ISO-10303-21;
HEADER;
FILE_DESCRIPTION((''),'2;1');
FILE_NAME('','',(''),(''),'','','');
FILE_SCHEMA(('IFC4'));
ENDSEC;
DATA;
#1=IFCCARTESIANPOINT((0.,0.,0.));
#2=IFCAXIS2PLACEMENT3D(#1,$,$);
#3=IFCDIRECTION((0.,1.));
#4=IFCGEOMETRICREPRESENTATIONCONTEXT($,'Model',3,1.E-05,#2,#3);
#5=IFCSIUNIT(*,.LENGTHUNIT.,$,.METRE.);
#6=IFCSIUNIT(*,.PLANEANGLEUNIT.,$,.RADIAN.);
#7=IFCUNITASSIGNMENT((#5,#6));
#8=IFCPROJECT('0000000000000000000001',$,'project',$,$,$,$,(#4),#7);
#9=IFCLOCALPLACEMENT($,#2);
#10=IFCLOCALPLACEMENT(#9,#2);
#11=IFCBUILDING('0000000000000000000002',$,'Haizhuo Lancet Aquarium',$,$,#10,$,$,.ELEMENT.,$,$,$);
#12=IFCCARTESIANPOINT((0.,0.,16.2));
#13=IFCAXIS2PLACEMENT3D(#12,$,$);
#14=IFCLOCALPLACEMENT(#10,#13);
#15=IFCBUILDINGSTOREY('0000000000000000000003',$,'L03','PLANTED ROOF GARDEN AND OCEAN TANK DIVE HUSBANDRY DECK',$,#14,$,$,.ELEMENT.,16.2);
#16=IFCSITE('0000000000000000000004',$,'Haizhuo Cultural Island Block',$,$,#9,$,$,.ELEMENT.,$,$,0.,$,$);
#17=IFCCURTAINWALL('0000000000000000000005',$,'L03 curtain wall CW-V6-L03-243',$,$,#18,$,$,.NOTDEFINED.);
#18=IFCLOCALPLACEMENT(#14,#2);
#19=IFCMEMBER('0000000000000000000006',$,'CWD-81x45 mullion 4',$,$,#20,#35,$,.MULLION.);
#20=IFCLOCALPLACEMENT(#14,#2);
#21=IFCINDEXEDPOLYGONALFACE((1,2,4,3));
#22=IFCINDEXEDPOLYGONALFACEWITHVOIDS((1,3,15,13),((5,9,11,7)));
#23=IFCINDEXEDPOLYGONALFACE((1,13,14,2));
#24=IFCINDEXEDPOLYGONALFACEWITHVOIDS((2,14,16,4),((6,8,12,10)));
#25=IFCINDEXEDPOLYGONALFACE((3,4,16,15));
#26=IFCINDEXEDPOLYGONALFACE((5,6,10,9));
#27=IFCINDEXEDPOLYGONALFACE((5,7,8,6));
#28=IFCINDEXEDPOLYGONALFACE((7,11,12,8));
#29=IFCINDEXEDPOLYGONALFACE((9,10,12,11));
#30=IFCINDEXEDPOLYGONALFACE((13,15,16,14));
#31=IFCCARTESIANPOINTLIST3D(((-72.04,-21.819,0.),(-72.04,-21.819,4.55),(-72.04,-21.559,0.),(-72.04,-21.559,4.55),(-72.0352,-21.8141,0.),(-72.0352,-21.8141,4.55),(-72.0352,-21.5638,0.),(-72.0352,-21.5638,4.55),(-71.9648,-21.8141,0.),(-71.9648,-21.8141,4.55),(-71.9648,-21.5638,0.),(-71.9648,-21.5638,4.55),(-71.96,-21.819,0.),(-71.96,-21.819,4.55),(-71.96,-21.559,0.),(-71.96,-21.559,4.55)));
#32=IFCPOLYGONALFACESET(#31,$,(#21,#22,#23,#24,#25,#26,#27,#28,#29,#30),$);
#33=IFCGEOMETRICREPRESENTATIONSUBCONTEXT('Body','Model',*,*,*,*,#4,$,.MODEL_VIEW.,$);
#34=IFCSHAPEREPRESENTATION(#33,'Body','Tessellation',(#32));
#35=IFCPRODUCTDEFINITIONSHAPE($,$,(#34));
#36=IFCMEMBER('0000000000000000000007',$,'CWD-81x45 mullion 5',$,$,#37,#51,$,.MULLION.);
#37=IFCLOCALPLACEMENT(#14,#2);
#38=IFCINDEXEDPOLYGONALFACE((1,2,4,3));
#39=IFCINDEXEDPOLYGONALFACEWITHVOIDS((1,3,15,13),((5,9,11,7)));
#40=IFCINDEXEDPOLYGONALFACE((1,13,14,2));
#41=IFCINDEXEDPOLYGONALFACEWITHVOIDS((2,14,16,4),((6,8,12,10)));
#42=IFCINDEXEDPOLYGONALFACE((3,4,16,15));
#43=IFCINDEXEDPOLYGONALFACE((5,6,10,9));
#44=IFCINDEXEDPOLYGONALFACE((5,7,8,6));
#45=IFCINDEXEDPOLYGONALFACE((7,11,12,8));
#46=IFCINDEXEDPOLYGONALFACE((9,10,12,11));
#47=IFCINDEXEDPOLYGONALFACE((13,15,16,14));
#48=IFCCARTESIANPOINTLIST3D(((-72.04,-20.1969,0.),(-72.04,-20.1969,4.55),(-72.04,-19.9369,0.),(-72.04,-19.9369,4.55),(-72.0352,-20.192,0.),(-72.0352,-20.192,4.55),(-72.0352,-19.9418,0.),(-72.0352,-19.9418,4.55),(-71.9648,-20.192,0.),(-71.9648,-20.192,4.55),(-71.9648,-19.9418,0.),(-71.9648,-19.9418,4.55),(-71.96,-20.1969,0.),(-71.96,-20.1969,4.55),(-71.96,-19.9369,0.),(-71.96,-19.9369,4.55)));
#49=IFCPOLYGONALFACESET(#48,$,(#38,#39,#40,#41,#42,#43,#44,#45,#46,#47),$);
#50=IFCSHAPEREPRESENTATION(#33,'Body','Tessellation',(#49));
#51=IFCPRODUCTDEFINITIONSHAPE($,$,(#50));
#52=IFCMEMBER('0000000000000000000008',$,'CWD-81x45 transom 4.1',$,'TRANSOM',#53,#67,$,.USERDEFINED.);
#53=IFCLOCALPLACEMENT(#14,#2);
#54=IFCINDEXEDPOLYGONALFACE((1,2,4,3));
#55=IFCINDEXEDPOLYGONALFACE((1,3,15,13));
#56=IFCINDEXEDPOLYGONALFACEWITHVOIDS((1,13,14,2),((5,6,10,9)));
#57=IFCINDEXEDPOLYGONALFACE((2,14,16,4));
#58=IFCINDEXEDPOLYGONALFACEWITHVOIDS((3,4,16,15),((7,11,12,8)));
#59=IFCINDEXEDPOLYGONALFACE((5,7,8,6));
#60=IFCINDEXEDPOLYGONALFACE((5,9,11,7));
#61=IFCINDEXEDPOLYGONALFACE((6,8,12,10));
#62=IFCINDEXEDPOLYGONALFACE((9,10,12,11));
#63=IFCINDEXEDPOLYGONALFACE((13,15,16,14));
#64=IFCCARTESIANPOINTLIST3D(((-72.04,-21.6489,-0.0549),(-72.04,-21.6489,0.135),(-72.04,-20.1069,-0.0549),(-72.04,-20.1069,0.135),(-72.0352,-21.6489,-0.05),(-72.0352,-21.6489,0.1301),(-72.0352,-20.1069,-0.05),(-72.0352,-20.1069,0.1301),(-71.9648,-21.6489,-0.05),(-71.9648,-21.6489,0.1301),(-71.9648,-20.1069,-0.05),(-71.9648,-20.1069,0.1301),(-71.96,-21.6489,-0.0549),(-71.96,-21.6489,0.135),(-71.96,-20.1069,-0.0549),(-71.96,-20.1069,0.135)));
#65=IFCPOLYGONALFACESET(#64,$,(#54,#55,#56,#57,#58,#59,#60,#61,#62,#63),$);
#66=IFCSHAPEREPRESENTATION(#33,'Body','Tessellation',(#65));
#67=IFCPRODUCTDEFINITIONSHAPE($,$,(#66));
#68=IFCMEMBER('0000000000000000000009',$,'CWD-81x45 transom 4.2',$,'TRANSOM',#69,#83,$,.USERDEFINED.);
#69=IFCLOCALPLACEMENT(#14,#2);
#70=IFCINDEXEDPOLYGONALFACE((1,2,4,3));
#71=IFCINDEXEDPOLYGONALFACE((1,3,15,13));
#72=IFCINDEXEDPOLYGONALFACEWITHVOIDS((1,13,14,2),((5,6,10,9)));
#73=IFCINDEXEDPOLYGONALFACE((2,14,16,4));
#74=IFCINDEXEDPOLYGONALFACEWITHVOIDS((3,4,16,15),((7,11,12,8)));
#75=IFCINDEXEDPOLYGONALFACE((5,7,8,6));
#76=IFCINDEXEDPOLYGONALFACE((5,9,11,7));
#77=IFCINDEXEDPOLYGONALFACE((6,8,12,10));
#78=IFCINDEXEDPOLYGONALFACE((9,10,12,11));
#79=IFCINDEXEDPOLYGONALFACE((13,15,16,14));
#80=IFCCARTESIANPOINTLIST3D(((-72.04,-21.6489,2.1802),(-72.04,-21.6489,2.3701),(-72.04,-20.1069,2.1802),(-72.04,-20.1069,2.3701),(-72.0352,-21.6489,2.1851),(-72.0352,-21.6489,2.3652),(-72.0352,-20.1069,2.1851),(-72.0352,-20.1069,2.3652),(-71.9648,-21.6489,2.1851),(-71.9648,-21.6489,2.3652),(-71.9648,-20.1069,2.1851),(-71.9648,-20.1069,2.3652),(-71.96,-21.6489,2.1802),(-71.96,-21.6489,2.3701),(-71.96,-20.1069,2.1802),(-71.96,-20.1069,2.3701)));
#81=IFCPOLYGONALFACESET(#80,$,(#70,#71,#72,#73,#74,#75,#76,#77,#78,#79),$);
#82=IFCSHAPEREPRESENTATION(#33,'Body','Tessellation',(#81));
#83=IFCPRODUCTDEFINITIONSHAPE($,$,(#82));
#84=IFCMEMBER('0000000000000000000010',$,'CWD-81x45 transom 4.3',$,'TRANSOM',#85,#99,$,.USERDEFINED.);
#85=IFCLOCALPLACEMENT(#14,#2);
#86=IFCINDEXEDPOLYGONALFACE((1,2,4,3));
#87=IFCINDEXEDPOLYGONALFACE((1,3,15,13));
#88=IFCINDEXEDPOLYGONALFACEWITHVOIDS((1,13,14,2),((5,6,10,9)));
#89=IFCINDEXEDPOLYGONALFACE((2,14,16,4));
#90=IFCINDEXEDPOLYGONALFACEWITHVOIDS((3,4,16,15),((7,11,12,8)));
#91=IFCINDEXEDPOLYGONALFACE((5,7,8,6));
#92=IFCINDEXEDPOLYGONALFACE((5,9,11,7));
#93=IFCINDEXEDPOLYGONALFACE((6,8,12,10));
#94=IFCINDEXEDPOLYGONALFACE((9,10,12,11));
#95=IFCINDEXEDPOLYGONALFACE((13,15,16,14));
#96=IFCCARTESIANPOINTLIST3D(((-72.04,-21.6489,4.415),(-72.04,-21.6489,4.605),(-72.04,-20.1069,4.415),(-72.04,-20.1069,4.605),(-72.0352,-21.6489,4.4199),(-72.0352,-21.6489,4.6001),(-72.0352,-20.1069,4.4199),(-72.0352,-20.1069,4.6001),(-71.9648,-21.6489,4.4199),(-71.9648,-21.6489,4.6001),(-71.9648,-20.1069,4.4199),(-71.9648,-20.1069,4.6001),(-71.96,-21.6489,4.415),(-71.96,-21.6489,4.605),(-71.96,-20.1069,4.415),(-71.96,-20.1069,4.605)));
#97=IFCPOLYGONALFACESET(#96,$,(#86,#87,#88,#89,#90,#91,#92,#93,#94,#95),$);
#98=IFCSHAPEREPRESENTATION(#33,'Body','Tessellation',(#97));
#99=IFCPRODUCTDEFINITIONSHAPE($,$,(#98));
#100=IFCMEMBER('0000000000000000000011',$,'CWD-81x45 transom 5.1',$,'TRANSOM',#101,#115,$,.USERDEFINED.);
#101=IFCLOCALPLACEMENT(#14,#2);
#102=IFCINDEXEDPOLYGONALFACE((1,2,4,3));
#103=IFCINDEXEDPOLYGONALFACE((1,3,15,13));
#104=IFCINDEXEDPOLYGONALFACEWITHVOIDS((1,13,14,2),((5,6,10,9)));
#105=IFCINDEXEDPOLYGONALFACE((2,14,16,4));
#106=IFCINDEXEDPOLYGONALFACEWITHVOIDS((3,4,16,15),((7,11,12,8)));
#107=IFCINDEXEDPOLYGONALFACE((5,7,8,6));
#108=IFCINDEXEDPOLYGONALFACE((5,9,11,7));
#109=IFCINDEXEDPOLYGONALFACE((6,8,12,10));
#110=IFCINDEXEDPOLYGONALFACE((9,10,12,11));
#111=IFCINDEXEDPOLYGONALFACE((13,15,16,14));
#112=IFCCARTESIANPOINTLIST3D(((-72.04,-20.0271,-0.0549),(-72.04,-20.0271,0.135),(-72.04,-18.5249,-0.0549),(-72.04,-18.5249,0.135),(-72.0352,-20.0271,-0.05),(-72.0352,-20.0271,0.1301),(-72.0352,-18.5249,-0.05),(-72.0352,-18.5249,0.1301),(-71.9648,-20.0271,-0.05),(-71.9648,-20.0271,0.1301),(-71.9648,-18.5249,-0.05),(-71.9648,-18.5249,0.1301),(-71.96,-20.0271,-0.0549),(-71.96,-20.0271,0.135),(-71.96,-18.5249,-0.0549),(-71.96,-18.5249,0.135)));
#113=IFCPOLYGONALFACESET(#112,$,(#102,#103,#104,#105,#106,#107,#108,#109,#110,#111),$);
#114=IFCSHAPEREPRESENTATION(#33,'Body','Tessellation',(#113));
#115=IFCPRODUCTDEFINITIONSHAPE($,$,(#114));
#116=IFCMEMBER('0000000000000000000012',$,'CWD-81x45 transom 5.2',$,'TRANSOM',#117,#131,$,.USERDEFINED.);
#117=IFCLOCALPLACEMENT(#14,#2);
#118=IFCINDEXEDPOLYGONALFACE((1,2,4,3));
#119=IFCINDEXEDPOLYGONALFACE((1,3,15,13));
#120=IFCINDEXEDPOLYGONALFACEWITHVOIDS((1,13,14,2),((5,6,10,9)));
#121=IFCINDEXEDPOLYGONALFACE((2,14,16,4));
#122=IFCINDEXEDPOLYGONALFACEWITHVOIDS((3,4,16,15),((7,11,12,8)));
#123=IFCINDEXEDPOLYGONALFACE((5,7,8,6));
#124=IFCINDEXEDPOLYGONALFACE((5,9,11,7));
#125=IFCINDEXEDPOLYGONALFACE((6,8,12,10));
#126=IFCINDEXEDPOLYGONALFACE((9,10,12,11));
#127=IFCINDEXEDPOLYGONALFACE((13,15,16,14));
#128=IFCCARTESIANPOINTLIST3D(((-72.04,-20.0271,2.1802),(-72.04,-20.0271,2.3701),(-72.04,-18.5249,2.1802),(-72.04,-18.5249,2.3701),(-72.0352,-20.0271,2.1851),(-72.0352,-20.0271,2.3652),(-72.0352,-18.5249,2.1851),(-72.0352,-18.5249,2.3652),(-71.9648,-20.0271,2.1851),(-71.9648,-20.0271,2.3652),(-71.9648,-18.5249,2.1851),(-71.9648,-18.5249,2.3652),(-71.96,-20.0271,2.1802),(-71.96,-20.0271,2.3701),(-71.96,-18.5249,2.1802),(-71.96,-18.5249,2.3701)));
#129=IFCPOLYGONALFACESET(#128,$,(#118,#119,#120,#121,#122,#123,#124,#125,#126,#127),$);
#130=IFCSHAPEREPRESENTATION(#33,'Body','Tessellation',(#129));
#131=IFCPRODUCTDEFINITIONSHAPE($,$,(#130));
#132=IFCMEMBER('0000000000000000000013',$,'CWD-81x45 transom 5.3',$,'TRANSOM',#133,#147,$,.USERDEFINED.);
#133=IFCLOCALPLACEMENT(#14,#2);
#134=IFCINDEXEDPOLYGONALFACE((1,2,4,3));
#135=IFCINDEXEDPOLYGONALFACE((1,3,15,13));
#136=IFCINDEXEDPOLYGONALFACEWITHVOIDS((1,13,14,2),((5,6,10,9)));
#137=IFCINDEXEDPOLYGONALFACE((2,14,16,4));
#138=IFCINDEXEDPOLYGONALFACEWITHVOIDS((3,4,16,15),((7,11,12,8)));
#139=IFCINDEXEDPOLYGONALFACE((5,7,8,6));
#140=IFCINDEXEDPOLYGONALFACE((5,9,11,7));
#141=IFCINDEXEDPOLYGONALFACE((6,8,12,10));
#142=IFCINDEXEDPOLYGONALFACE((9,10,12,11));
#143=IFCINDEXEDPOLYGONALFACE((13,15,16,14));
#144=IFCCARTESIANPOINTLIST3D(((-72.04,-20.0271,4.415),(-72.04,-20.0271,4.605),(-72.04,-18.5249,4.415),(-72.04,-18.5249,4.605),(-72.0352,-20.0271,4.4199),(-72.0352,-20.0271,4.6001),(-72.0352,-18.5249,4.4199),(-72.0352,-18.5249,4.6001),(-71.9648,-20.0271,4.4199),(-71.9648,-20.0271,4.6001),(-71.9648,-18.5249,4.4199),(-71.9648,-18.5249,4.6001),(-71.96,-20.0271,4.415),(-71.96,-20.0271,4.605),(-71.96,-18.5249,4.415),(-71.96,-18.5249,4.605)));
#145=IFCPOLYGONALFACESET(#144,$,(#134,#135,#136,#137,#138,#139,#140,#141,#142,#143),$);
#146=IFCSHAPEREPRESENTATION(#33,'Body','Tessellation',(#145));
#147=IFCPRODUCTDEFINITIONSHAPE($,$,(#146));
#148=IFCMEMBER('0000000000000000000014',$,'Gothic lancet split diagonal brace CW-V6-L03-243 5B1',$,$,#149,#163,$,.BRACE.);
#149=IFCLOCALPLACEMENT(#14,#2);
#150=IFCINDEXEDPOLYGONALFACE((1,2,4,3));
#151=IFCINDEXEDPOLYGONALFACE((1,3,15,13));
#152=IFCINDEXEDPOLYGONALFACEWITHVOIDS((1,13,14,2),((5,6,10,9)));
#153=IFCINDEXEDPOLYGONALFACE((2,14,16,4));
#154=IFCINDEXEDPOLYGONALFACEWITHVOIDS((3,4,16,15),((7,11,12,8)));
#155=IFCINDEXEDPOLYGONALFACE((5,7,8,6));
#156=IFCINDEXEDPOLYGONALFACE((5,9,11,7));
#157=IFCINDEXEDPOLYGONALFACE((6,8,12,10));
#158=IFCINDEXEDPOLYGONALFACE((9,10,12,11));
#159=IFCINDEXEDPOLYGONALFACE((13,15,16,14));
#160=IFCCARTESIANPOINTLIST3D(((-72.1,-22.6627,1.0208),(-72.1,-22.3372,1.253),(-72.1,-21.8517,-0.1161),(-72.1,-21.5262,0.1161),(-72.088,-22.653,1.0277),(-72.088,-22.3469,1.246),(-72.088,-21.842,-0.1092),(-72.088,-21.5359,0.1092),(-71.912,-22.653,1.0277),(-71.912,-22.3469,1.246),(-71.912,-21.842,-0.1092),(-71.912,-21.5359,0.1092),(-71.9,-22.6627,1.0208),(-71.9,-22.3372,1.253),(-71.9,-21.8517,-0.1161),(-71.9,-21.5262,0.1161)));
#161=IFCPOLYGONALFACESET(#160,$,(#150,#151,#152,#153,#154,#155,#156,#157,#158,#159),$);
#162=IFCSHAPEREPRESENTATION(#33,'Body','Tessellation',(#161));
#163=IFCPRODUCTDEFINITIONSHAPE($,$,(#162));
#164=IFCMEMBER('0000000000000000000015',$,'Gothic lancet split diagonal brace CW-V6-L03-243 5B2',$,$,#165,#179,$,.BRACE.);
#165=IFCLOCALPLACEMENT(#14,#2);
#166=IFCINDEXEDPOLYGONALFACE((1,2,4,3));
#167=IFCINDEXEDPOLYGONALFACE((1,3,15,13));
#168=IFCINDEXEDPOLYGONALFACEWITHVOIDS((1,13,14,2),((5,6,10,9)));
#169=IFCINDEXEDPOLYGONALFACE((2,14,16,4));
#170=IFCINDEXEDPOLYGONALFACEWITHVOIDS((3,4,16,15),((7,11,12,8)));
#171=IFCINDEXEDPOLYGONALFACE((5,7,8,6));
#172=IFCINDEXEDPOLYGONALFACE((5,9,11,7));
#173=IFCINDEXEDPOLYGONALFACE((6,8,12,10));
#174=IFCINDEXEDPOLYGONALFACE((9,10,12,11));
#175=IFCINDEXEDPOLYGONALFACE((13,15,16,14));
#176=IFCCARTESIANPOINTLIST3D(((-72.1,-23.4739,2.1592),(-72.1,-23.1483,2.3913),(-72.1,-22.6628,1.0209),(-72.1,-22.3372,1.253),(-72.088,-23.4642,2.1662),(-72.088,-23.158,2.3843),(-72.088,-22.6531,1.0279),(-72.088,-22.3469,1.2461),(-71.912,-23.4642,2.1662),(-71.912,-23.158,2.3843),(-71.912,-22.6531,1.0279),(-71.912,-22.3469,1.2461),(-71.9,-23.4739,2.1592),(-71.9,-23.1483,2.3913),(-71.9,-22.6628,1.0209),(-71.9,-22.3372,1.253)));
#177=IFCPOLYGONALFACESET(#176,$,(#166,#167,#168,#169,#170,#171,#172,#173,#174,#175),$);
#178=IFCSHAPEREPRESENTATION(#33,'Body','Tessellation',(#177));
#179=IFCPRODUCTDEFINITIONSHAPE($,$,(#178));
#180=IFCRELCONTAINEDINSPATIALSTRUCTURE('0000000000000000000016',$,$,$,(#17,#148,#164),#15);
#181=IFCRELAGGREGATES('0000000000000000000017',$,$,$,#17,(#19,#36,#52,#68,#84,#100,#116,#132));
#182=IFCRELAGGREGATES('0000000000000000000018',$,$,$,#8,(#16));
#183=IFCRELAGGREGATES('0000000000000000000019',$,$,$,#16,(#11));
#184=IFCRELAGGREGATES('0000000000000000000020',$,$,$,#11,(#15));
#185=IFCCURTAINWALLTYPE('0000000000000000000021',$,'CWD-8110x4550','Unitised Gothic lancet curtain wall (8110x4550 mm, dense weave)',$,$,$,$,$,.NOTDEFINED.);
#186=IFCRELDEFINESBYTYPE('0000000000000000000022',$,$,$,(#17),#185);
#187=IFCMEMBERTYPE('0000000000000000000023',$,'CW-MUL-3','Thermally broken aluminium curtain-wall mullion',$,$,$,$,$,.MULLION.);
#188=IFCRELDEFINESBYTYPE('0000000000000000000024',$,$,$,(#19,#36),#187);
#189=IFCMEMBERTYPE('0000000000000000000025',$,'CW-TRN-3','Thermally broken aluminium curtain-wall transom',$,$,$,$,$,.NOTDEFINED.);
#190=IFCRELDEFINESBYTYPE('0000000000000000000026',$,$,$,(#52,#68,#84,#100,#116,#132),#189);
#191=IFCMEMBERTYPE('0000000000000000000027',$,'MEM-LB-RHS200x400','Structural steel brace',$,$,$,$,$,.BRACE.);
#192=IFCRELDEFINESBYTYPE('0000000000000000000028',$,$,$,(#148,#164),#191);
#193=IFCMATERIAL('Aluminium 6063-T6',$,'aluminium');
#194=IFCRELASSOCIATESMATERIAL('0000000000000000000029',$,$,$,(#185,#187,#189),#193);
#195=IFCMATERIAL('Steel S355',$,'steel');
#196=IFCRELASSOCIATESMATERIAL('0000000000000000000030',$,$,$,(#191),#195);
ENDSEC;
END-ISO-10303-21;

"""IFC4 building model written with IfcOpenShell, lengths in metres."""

from ifc_helpers import new_model, si_unit, direction, frame, origin, origin_2d, place, context, subcontext, project, spatial, hollow_rectangle, extrude, material, material_profile, profile_set, type_object, element, aggregate, save


model = new_model("IFC4")

# Units and contexts
model_context = context("Model", 3, precision=1e-05, world=origin(), true_north=direction((0.0, 1.0)))
body_context = subcontext(model_context, "Body", "Model", "MODEL_VIEW")
ifc_project = project(units=[si_unit("LENGTHUNIT", "METRE"), si_unit("PLANEANGLEUNIT", "RADIAN")], contexts=[model_context])

# Site, building, storey
site_placement = place(None, origin())
site = spatial("IfcSite", under=ifc_project, at=site_placement, Name="Haizhuo Cultural Island Block", CompositionType="ELEMENT", RefElevation=0.0)
building_placement = place(site_placement, origin())
building = spatial("IfcBuilding", under=site, at=building_placement, Name="Haizhuo Lancet Aquarium", CompositionType="ELEMENT")
storey_placement = place(building_placement, frame((0.0, 0.0, 16.2)))
storey = spatial("IfcBuildingStorey", under=building, at=storey_placement, Name="L03", Description="PLANTED ROOF GARDEN AND OCEAN TANK DIVE HUSBANDRY DECK", CompositionType="ELEMENT", Elevation=16.2)

# Curtain wall, members
ifc_material_1 = material(Name="Aluminium 6063-T6", Category="aluminium")
curtain_wall_type = type_object("IfcCurtainWallType", Name="CWD-8110x4550", Description="Unitised Gothic lancet curtain wall (8110x4550 mm, dense weave)", PredefinedType="NOTDEFINED", material=ifc_material_1)
curtain_wall_placement = place(storey_placement, origin())
curtain_wall = element("IfcCurtainWall", 1, at=curtain_wall_placement, inside=storey, type_object=curtain_wall_type, Name="L03 curtain wall CW-V6-L03-243", PredefinedType="NOTDEFINED")
ifc_material_profile_1 = material_profile(ifc_material_1, hollow_rectangle(XDim=0.0801, YDim=0.26, WallThickness=0.0049, at=origin_2d()), Name="ALU-M 80x260x5")
ifc_profile_set_1 = profile_set([ifc_material_profile_1], Name="Aluminium 6063-T6")
member_type_1 = type_object("IfcMemberType", Name="CW-MUL-3", Description="Thermally broken aluminium curtain-wall mullion", PredefinedType="MULLION", material=ifc_profile_set_1)
member_1_placement = place(storey_placement, frame((-72.0, -21.689, 0.0), z_axis=(0.0, 0.0, 1.0), x_axis=(-1.0, 0.0, 0.0)))
member_1 = element("IfcMember", 2, at=member_1_placement, type_object=member_type_1, Name="CWD-81x45 mullion 4", PredefinedType="MULLION", context=body_context, shape_type="SweptSolid", body=[
    extrude(hollow_rectangle(XDim=0.0801, YDim=0.26, WallThickness=0.0049, at=origin_2d()), origin(), (0.0, 0.0, 1.0), 4.55),
])
member_2_placement = place(storey_placement, frame((-72.0, -20.0669, 0.0), z_axis=(0.0, 0.0, 1.0), x_axis=(-1.0, 0.0, 0.0)))
member_2 = element("IfcMember", 3, at=member_2_placement, type_object=member_type_1, Name="CWD-81x45 mullion 5", PredefinedType="MULLION", context=body_context, shape_type="SweptSolid", body=[
    extrude(hollow_rectangle(XDim=0.0801, YDim=0.26, WallThickness=0.0049, at=origin_2d()), origin(), (0.0, 0.0, 1.0), 4.55),
])
ifc_material_profile_2 = material_profile(ifc_material_1, hollow_rectangle(XDim=0.0801, YDim=0.1899, WallThickness=0.0049, at=origin_2d()), Name="ALU-T 80x190x5")
ifc_profile_set_2 = profile_set([ifc_material_profile_2], Name="Aluminium 6063-T6")
member_type_2 = type_object("IfcMemberType", Name="CW-TRN-3", Description="Thermally broken aluminium curtain-wall transom", PredefinedType="NOTDEFINED", material=ifc_profile_set_2)
member_3_placement = place(storey_placement, frame((-72.0, -21.6489, 0.04), z_axis=(0.0, 1.0, 0.0), x_axis=(-1.0, 0.0, 0.0)))
member_3 = element("IfcMember", 4, at=member_3_placement, type_object=member_type_2, Name="CWD-81x45 transom 4.1", ObjectType="TRANSOM", PredefinedType="USERDEFINED", context=body_context, shape_type="SweptSolid", body=[
    extrude(hollow_rectangle(XDim=0.0801, YDim=0.1899, WallThickness=0.0049, at=origin_2d()), origin(), (0.0, 0.0, 1.0), 1.542),
])
member_4_placement = place(storey_placement, frame((-72.0, -21.6489, 2.2751), z_axis=(0.0, 1.0, 0.0), x_axis=(-1.0, 0.0, 0.0)))
member_4 = element("IfcMember", 5, at=member_4_placement, type_object=member_type_2, Name="CWD-81x45 transom 4.2", ObjectType="TRANSOM", PredefinedType="USERDEFINED", context=body_context, shape_type="SweptSolid", body=[
    extrude(hollow_rectangle(XDim=0.0801, YDim=0.1899, WallThickness=0.0049, at=origin_2d()), origin(), (0.0, 0.0, 1.0), 1.542),
])
member_5_placement = place(storey_placement, frame((-72.0, -21.6489, 4.51), z_axis=(0.0, 1.0, 0.0), x_axis=(-1.0, 0.0, 0.0)))
member_5 = element("IfcMember", 6, at=member_5_placement, type_object=member_type_2, Name="CWD-81x45 transom 4.3", ObjectType="TRANSOM", PredefinedType="USERDEFINED", context=body_context, shape_type="SweptSolid", body=[
    extrude(hollow_rectangle(XDim=0.0801, YDim=0.1899, WallThickness=0.0049, at=origin_2d()), origin(), (0.0, 0.0, 1.0), 1.542),
])
member_6_placement = place(storey_placement, frame((-72.0, -20.0271, 0.04), z_axis=(0.0, 1.0, 0.0), x_axis=(-1.0, 0.0, 0.0)))
member_6 = element("IfcMember", 7, at=member_6_placement, type_object=member_type_2, Name="CWD-81x45 transom 5.1", ObjectType="TRANSOM", PredefinedType="USERDEFINED", context=body_context, shape_type="SweptSolid", body=[
    extrude(hollow_rectangle(XDim=0.0801, YDim=0.1899, WallThickness=0.0049, at=origin_2d()), origin(), (0.0, 0.0, 1.0), 1.5022),
])
member_7_placement = place(storey_placement, frame((-72.0, -20.0271, 2.2751), z_axis=(0.0, 1.0, 0.0), x_axis=(-1.0, 0.0, 0.0)))
member_7 = element("IfcMember", 8, at=member_7_placement, type_object=member_type_2, Name="CWD-81x45 transom 5.2", ObjectType="TRANSOM", PredefinedType="USERDEFINED", context=body_context, shape_type="SweptSolid", body=[
    extrude(hollow_rectangle(XDim=0.0801, YDim=0.1899, WallThickness=0.0049, at=origin_2d()), origin(), (0.0, 0.0, 1.0), 1.5022),
])
member_8_placement = place(storey_placement, frame((-72.0, -20.0271, 4.51), z_axis=(0.0, 1.0, 0.0), x_axis=(-1.0, 0.0, 0.0)))
member_8 = element("IfcMember", 9, at=member_8_placement, type_object=member_type_2, Name="CWD-81x45 transom 5.3", ObjectType="TRANSOM", PredefinedType="USERDEFINED", context=body_context, shape_type="SweptSolid", body=[
    extrude(hollow_rectangle(XDim=0.0801, YDim=0.1899, WallThickness=0.0049, at=origin_2d()), origin(), (0.0, 0.0, 1.0), 1.5022),
])

# Members
ifc_material_2 = material(Name="Steel S355", Category="steel")
ifc_material_profile_3 = material_profile(ifc_material_2, hollow_rectangle(XDim=0.2, YDim=0.3999, WallThickness=0.012, at=origin_2d()), Name="RHS 200x400x12")
ifc_profile_set_3 = profile_set([ifc_material_profile_3], Name="Steel S355")
member_type_3 = type_object("IfcMemberType", Name="MEM-LB-RHS200x400", Description="Structural steel brace", PredefinedType="BRACE", material=ifc_profile_set_3)
member_9_placement = place(storey_placement, frame((-72.0, -21.689, 0.0), z_axis=(0.0, -0.580725, 0.814099), x_axis=(1.0, 0.0, 0.0)))
element("IfcMember", 10, at=member_9_placement, inside=storey, type_object=member_type_3, Name="Gothic lancet split diagonal brace CW-V6-L03-243 5B1", PredefinedType="BRACE", context=body_context, shape_type="SweptSolid", body=[
    extrude(hollow_rectangle(XDim=0.2, YDim=0.3999, WallThickness=0.012, at=origin_2d()), origin(), (0.0, 0.0, 1.0), 1.3965),
])
member_10_placement = place(storey_placement, frame((-72.0, -22.5, 1.137), z_axis=(0.0, -0.580312, 0.814394), x_axis=(1.0, 0.0, 0.0)))
element("IfcMember", 11, at=member_10_placement, inside=storey, type_object=member_type_3, Name="Gothic lancet split diagonal brace CW-V6-L03-243 5B2", PredefinedType="BRACE", context=body_context, shape_type="SweptSolid", body=[
    extrude(hollow_rectangle(XDim=0.2, YDim=0.3999, WallThickness=0.012, at=origin_2d()), origin(), (0.0, 0.0, 1.0), 1.3977),
])

aggregate(curtain_wall, [member_1, member_2, member_3, member_4, member_5, member_6, member_7, member_8])

save(model, "model.ifc")
